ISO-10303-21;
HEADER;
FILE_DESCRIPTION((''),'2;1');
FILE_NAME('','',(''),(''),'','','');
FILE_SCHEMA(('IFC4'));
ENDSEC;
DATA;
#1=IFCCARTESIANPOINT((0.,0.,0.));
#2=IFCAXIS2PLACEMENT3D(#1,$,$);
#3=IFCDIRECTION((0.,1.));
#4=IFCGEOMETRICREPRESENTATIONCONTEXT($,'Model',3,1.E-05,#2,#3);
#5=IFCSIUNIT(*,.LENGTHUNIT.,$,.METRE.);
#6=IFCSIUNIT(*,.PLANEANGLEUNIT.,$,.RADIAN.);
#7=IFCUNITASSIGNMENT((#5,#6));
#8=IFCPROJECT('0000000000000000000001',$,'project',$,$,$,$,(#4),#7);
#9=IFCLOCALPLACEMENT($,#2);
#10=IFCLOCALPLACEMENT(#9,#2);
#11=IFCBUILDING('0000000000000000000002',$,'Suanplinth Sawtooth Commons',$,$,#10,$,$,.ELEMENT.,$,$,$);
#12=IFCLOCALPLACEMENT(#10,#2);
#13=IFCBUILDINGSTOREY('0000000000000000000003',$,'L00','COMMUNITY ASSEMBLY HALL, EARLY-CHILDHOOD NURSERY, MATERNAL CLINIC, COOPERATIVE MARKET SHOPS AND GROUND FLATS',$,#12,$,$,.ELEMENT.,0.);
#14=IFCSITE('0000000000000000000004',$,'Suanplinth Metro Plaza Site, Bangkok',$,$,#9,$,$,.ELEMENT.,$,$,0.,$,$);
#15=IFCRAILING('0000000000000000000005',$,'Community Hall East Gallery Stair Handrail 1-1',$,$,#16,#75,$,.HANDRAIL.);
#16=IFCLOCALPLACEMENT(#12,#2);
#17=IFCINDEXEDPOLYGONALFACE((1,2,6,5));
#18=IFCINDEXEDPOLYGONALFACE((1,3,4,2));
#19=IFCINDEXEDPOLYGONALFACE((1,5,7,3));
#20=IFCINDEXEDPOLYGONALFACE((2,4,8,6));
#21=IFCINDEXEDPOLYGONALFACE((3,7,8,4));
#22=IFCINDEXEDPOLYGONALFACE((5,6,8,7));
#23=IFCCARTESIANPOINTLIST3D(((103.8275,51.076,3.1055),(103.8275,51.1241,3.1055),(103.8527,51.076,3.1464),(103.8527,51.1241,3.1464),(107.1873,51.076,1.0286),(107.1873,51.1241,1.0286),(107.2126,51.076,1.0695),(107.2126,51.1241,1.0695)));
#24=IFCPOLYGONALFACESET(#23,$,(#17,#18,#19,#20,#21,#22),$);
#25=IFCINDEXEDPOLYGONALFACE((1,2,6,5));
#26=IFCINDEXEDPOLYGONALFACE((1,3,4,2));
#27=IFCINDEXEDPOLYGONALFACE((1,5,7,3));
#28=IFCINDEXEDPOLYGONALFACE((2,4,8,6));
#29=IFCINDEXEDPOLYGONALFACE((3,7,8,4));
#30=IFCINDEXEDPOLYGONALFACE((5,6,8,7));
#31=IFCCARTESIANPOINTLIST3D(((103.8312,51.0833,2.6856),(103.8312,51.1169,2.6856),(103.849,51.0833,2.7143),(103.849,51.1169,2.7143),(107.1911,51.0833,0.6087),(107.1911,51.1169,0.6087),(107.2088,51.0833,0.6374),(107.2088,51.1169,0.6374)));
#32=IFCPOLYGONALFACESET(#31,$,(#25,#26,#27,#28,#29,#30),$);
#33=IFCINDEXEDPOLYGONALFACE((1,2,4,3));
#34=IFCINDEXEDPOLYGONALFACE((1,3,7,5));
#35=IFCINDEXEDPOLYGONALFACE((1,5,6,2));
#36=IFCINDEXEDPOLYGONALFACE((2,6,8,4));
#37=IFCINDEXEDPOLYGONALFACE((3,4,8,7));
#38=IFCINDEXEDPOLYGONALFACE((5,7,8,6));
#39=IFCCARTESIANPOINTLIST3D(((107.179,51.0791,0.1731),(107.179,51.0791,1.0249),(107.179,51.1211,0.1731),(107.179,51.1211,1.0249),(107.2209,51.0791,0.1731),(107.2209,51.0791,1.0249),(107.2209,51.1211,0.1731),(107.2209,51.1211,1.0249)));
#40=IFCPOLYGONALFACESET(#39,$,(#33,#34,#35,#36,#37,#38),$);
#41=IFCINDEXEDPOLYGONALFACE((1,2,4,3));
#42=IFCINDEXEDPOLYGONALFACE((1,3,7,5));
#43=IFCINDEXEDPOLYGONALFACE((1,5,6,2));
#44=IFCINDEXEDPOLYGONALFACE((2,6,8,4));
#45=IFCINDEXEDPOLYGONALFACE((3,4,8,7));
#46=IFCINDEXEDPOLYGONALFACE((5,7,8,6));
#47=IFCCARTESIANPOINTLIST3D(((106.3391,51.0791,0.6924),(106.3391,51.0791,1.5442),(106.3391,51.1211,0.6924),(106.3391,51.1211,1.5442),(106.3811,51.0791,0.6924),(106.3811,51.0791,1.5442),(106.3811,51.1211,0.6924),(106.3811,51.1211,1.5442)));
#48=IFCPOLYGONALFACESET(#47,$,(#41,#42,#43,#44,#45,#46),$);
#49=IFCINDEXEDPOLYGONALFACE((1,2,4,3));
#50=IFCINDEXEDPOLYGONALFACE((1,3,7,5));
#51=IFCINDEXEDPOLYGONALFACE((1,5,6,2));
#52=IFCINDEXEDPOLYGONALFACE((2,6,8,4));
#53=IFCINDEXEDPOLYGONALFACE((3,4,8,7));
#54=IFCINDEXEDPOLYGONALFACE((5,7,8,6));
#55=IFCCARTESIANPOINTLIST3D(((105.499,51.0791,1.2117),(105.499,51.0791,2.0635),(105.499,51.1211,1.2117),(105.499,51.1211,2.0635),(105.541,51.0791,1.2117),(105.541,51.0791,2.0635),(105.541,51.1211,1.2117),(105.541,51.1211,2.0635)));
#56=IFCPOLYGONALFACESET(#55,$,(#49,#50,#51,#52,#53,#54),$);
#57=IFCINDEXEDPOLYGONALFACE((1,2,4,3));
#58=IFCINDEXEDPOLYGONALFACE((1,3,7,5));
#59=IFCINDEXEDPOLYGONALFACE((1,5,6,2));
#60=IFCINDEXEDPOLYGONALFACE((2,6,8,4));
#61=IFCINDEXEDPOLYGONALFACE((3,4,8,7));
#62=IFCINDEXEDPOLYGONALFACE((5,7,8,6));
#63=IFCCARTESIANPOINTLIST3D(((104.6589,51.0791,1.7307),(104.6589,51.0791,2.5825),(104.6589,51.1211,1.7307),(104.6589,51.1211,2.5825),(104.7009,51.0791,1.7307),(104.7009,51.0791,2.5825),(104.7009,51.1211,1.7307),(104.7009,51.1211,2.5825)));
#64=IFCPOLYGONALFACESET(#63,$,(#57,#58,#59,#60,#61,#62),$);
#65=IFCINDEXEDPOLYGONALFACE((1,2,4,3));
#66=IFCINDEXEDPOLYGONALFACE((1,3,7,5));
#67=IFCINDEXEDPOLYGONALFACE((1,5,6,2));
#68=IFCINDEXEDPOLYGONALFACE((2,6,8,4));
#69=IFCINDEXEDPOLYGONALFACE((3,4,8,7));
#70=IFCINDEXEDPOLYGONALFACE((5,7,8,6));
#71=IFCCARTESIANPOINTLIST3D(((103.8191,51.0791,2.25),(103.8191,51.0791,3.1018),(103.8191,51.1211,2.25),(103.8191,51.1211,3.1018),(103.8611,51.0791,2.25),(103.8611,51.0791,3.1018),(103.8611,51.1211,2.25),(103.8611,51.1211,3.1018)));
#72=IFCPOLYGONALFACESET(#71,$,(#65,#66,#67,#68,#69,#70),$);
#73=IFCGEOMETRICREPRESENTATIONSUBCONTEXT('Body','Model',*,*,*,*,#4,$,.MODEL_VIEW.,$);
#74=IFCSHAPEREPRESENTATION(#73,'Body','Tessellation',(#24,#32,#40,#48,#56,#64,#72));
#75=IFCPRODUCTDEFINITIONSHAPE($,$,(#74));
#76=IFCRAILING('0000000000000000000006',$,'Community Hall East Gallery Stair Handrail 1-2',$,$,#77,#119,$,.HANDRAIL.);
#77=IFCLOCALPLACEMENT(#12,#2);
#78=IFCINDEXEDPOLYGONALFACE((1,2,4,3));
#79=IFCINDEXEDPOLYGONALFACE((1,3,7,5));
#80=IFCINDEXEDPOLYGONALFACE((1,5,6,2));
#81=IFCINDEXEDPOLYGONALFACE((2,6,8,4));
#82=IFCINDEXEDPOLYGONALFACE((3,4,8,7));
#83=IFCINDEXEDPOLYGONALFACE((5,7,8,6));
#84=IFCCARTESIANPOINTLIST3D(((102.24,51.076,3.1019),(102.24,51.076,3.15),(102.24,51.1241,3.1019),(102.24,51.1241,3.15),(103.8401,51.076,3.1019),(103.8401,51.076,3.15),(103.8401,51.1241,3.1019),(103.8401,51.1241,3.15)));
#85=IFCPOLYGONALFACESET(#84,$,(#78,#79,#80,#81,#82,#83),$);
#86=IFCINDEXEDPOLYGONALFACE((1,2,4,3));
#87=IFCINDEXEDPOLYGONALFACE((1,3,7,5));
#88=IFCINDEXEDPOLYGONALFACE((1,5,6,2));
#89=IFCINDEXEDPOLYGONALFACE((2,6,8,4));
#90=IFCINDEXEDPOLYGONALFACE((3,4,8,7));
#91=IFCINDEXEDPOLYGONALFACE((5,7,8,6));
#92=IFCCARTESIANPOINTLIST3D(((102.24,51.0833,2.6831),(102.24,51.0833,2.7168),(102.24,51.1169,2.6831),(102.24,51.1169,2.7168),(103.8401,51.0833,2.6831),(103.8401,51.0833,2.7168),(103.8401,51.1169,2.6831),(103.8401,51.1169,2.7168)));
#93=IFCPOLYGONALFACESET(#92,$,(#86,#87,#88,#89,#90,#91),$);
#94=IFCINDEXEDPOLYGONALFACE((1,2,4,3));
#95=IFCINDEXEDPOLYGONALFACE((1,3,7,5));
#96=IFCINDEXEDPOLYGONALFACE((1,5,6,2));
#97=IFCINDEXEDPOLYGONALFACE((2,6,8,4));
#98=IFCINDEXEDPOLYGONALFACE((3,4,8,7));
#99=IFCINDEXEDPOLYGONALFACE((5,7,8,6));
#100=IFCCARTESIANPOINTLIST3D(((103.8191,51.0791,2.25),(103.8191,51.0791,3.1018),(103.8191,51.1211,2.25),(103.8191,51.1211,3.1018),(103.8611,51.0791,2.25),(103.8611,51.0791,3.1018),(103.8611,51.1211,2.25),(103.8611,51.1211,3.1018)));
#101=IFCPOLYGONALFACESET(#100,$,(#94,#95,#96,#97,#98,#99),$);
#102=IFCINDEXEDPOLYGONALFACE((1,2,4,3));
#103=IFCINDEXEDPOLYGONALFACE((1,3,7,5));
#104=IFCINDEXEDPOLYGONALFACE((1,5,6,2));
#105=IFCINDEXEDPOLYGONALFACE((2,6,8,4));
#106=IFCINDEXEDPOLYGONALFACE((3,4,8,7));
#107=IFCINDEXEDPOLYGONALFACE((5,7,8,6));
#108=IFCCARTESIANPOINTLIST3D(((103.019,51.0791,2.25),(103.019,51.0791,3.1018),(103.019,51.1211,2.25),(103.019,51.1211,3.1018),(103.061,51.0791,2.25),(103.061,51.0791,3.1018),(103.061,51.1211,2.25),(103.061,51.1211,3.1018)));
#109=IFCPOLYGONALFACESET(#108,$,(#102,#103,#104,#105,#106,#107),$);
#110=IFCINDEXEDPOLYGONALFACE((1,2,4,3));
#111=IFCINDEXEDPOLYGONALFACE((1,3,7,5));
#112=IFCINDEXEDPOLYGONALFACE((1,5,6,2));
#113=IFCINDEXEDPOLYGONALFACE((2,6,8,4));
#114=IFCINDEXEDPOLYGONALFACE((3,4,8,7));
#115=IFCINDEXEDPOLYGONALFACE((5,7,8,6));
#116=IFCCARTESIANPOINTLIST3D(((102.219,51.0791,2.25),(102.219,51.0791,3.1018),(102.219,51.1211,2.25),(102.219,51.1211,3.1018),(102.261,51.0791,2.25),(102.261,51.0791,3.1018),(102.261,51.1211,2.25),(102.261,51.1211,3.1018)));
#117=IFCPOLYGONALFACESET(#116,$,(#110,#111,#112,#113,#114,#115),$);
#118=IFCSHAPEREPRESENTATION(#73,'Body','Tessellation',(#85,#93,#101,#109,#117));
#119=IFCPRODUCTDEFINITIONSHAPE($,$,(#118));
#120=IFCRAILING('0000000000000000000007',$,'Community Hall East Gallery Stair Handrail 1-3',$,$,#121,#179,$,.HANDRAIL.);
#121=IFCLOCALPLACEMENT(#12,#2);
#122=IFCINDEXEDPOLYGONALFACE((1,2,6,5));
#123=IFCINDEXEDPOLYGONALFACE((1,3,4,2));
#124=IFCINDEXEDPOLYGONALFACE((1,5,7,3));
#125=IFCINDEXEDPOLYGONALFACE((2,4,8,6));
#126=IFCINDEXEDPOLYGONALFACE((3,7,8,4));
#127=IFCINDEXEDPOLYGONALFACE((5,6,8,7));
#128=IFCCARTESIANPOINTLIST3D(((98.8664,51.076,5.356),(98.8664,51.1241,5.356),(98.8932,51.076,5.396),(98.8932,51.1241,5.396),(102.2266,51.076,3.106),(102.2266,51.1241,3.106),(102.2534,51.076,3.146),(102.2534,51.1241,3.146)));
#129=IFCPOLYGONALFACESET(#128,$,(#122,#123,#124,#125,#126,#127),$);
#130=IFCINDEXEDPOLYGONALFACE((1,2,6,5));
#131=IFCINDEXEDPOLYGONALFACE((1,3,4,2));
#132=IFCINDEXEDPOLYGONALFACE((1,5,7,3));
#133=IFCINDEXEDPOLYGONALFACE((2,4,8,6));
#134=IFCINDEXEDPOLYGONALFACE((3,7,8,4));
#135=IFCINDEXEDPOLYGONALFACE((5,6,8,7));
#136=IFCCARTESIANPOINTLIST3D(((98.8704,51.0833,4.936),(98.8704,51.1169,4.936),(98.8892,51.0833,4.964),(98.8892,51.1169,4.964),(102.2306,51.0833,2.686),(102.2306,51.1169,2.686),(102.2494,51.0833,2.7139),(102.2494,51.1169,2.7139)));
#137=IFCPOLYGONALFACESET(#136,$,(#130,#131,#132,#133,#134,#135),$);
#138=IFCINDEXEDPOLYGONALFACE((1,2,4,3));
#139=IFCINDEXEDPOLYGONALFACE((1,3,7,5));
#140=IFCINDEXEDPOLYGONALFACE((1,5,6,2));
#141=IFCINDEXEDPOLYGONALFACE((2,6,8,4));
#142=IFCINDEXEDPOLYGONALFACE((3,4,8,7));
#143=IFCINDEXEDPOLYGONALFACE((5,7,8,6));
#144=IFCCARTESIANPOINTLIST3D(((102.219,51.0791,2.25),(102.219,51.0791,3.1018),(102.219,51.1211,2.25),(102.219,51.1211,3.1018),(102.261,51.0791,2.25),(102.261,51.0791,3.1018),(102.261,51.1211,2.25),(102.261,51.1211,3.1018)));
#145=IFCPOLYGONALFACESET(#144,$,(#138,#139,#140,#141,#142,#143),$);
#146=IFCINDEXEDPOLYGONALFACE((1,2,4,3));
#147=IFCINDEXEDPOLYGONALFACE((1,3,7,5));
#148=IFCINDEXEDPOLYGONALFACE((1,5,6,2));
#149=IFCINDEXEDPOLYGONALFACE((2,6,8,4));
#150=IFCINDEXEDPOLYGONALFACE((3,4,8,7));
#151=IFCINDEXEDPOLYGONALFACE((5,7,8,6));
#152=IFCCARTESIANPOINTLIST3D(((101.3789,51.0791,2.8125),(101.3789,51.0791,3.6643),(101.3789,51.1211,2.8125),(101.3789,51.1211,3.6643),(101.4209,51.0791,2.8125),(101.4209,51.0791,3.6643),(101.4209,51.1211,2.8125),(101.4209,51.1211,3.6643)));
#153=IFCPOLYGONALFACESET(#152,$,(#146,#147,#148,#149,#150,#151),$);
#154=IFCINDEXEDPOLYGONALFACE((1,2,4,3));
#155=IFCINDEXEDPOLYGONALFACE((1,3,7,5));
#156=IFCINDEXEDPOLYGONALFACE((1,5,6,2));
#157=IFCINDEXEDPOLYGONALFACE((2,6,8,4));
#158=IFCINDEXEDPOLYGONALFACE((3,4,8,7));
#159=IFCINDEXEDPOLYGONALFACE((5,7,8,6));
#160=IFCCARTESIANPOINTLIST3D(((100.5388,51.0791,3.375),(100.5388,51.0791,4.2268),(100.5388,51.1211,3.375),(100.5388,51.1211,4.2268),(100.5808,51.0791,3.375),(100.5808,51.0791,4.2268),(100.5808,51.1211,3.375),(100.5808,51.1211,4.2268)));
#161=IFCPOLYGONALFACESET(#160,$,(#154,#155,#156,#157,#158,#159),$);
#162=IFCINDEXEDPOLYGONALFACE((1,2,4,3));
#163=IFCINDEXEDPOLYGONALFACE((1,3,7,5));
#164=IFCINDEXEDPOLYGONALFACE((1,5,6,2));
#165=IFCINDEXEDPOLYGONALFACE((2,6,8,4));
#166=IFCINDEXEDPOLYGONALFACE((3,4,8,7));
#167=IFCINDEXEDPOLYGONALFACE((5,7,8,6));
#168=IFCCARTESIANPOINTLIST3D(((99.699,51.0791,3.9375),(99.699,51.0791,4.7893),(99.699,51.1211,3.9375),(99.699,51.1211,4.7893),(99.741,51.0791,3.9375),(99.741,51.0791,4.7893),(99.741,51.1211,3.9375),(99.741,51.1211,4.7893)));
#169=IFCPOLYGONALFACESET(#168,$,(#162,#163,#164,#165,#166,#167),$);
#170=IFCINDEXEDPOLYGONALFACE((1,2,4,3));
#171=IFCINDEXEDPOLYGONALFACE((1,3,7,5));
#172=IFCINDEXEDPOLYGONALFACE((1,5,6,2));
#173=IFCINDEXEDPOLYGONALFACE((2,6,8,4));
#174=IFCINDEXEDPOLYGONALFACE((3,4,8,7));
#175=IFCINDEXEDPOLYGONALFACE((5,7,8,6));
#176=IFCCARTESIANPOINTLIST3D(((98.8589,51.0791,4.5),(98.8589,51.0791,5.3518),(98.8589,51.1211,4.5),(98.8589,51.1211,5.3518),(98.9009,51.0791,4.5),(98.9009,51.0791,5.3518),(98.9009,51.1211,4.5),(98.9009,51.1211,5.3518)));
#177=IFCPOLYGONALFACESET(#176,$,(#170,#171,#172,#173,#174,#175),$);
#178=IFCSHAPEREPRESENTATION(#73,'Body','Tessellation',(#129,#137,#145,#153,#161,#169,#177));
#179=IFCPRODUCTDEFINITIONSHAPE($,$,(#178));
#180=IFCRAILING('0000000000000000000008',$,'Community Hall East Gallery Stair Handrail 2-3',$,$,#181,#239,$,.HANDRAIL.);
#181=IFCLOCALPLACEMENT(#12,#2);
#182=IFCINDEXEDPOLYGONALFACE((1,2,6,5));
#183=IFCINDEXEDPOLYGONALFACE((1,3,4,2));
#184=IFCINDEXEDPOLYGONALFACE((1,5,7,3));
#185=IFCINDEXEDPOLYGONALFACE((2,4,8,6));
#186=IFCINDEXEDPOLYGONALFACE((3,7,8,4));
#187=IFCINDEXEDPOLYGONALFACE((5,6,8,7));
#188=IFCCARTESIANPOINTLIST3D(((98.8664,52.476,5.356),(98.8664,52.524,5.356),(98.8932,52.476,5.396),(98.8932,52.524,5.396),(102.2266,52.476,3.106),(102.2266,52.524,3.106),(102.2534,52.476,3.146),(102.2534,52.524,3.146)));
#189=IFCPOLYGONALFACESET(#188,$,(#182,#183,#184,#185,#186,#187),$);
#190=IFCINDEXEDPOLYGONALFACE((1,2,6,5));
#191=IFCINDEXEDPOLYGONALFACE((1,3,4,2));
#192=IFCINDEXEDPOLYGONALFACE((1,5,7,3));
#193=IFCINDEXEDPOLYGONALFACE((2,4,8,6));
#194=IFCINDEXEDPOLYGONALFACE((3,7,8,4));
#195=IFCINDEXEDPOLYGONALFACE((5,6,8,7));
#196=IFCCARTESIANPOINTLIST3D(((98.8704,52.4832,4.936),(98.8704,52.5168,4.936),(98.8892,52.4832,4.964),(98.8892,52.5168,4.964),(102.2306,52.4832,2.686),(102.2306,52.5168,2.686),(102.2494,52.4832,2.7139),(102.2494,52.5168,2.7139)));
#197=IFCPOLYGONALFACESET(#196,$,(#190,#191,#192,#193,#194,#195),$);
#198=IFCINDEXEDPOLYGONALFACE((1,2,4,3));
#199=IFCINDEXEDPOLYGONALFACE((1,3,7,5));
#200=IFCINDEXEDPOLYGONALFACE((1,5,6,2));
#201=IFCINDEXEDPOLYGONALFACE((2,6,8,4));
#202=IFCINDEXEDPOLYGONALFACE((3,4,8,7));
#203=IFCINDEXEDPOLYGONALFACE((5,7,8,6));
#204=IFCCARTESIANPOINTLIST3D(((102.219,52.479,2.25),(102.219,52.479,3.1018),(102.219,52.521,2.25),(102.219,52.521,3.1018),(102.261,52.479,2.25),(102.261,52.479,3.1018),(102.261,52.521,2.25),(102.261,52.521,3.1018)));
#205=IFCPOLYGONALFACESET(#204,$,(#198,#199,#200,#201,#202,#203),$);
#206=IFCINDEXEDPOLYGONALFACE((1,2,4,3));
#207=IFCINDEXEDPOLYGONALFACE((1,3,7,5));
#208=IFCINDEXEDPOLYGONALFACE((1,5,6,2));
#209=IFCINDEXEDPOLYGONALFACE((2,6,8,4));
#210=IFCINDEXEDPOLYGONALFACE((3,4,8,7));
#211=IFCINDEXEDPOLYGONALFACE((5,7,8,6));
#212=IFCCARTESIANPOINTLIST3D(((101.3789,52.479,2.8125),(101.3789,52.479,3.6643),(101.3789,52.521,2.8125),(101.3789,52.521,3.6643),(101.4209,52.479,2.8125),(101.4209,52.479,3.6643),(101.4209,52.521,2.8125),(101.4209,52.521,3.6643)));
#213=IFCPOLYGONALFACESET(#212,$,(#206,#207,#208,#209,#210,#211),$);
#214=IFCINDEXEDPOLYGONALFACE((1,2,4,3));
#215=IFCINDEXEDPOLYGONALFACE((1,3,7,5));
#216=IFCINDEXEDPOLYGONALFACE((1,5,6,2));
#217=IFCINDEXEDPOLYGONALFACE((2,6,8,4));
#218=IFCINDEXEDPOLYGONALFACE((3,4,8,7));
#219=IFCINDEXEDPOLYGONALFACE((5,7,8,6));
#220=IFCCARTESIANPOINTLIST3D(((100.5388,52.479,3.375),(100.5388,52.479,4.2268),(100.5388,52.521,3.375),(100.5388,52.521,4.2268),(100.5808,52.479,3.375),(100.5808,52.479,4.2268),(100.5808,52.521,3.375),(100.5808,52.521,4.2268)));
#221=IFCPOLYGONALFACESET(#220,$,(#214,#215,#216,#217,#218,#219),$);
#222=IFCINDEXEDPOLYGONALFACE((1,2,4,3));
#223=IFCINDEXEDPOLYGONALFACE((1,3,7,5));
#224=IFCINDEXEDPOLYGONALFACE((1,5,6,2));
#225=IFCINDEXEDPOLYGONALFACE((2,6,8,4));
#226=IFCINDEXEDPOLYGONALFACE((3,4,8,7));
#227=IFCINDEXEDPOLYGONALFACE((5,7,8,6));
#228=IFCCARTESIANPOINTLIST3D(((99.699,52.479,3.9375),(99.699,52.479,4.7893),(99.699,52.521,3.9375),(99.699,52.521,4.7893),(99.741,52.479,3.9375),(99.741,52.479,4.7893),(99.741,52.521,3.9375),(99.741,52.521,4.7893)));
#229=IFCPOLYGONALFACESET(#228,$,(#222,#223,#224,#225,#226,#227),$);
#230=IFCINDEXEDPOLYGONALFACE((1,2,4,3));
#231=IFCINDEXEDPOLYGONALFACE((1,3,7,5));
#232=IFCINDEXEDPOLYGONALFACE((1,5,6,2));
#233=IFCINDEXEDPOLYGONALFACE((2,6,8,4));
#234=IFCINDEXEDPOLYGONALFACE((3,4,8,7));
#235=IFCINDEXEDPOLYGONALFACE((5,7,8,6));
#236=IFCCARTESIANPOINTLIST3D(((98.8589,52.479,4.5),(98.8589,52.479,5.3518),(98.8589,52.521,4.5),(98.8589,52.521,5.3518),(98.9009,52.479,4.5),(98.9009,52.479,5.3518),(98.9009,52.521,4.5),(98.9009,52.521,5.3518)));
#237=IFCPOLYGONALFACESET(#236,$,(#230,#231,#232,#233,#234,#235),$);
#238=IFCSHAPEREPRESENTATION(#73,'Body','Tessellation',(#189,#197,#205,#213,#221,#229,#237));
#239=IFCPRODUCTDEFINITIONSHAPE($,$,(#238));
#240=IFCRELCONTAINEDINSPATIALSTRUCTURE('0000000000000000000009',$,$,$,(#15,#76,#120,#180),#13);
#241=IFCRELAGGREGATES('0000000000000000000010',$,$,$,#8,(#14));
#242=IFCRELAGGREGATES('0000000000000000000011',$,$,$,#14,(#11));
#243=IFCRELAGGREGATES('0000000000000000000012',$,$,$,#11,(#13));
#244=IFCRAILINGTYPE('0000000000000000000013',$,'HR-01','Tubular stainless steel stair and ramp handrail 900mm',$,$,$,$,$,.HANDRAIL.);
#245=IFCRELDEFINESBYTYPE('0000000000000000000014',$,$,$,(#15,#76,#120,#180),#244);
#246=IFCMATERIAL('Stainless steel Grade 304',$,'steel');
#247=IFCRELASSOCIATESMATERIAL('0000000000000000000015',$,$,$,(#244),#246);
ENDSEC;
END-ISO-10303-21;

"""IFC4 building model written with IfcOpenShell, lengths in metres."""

from ifc_helpers import new_model, si_unit, direction, frame, origin, origin_2d, place, context, subcontext, project, spatial, rectangle, extrude, material, type_object, element, save


model = new_model("IFC4")

# Units and contexts
model_context = context("Model", 3, precision=1e-05, world=origin(), true_north=direction((0.0, 1.0)))
body_context = subcontext(model_context, "Body", "Model", "MODEL_VIEW")
ifc_project = project(units=[si_unit("LENGTHUNIT", "METRE"), si_unit("PLANEANGLEUNIT", "RADIAN")], contexts=[model_context])

# Site, building, storey
site_placement = place(None, origin())
site = spatial("IfcSite", under=ifc_project, at=site_placement, Name="Suanplinth Metro Plaza Site, Bangkok", CompositionType="ELEMENT", RefElevation=0.0)
building_placement = place(site_placement, origin())
building = spatial("IfcBuilding", under=site, at=building_placement, Name="Suanplinth Sawtooth Commons", CompositionType="ELEMENT")
storey_placement = place(building_placement, origin())
storey = spatial("IfcBuildingStorey", under=building, at=storey_placement, Name="L00", Description="COMMUNITY ASSEMBLY HALL, EARLY-CHILDHOOD NURSERY, MATERNAL CLINIC, COOPERATIVE MARKET SHOPS AND GROUND FLATS", CompositionType="ELEMENT", Elevation=0.0)

# Railings
ifc_material_1 = material(Name="Stainless steel Grade 304", Category="steel")
railing_type_1 = type_object("IfcRailingType", Name="HR-01", Description="Tubular stainless steel stair and ramp handrail 900mm", PredefinedType="HANDRAIL", material=ifc_material_1)
railing_1_placement = place(storey_placement, frame((107.2, 51.1001, 0.1731)))
element("IfcRailing", 1, at=railing_1_placement, inside=storey, type_object=railing_type_1, Name="Community Hall East Gallery Stair Handrail 1-1", PredefinedType="HANDRAIL", context=body_context, shape_type="SweptSolid", body=[
    extrude(rectangle(XDim=0.0481, YDim=0.0481, at=origin_2d()), frame((0.0, 0.0, 0.876), z_axis=(-0.850606, 0.0, 0.525803), x_axis=(0.0, -1.0, 0.0)), (0.0, 0.0, 1.0), 3.95),
    extrude(rectangle(XDim=0.0337, YDim=0.0337, at=origin_2d()), frame((0.0, 0.0, 0.45), z_axis=(-0.850606, 0.0, 0.525803), x_axis=(0.0, -1.0, 0.0)), (0.0, 0.0, 1.0), 3.95),
    extrude(rectangle(XDim=0.042, YDim=0.042, at=origin_2d()), origin(), (0.0, 0.0, 1.0), 0.8518),
    extrude(rectangle(XDim=0.042, YDim=0.042, at=origin_2d()), frame((-0.8398, 0.0, 0.5193)), (0.0, 0.0, 1.0), 0.8518),
    extrude(rectangle(XDim=0.042, YDim=0.042, at=origin_2d()), frame((-1.6799, 0.0, 1.0386)), (0.0, 0.0, 1.0), 0.8518),
    extrude(rectangle(XDim=0.042, YDim=0.042, at=origin_2d()), frame((-2.52, 0.0, 1.5576)), (0.0, 0.0, 1.0), 0.8518),
    extrude(rectangle(XDim=0.042, YDim=0.042, at=origin_2d()), frame((-3.3599, 0.0, 2.0769)), (0.0, 0.0, 1.0), 0.8518),
])
railing_2_placement = place(storey_placement, frame((103.8401, 51.1001, 2.25)))
element("IfcRailing", 2, at=railing_2_placement, inside=storey, type_object=railing_type_1, Name="Community Hall East Gallery Stair Handrail 1-2", PredefinedType="HANDRAIL", context=body_context, shape_type="SweptSolid", body=[
    extrude(rectangle(XDim=0.0481, YDim=0.0481, at=origin_2d()), frame((0.0, 0.0, 0.876), z_axis=(-1.0, 0.0, 0.0), x_axis=(0.0, -1.0, 0.0)), (0.0, 0.0, 1.0), 1.6001),
    extrude(rectangle(XDim=0.0337, YDim=0.0337, at=origin_2d()), frame((0.0, 0.0, 0.45), z_axis=(-1.0, 0.0, 0.0), x_axis=(0.0, -1.0, 0.0)), (0.0, 0.0, 1.0), 1.6001),
    extrude(rectangle(XDim=0.042, YDim=0.042, at=origin_2d()), origin(), (0.0, 0.0, 1.0), 0.8518),
    extrude(rectangle(XDim=0.042, YDim=0.042, at=origin_2d()), frame((-0.8, 0.0, 0.0)), (0.0, 0.0, 1.0), 0.8518),
    extrude(rectangle(XDim=0.042, YDim=0.042, at=origin_2d()), frame((-1.6001, 0.0, 0.0)), (0.0, 0.0, 1.0), 0.8518),
])
for number, where, name in (
    (3, (102.24, 51.1001, 2.25), "Community Hall East Gallery Stair Handrail 1-3"),
    (4, (102.24, 52.5, 2.25), "Community Hall East Gallery Stair Handrail 2-3"),
):
    element("IfcRailing", number, at=place(storey_placement, frame(where)), inside=storey, type_object=railing_type_1, Name=name, PredefinedType="HANDRAIL", context=body_context, shape_type="SweptSolid", body=[
        extrude(rectangle(XDim=0.0481, YDim=0.0481, at=origin_2d()), frame((0.0, 0.0, 0.876), z_axis=(-0.830915, 0.0, 0.556399), x_axis=(0.0, -1.0, 0.0)), (0.0, 0.0, 1.0), 4.0439),
        extrude(rectangle(XDim=0.0337, YDim=0.0337, at=origin_2d()), frame((0.0, 0.0, 0.45), z_axis=(-0.830915, 0.0, 0.556399), x_axis=(0.0, -1.0, 0.0)), (0.0, 0.0, 1.0), 4.0439),
        extrude(rectangle(XDim=0.042, YDim=0.042, at=origin_2d()), origin(), (0.0, 0.0, 1.0), 0.8518),
        extrude(rectangle(XDim=0.042, YDim=0.042, at=origin_2d()), frame((-0.8401, 0.0, 0.5625)), (0.0, 0.0, 1.0), 0.8518),
        extrude(rectangle(XDim=0.042, YDim=0.042, at=origin_2d()), frame((-1.6802, 0.0, 1.125)), (0.0, 0.0, 1.0), 0.8518),
        extrude(rectangle(XDim=0.042, YDim=0.042, at=origin_2d()), frame((-2.52, 0.0, 1.6875)), (0.0, 0.0, 1.0), 0.8518),
        extrude(rectangle(XDim=0.042, YDim=0.042, at=origin_2d()), frame((-3.3601, 0.0, 2.25)), (0.0, 0.0, 1.0), 0.8518),
    ])

save(model, "model.ifc")
